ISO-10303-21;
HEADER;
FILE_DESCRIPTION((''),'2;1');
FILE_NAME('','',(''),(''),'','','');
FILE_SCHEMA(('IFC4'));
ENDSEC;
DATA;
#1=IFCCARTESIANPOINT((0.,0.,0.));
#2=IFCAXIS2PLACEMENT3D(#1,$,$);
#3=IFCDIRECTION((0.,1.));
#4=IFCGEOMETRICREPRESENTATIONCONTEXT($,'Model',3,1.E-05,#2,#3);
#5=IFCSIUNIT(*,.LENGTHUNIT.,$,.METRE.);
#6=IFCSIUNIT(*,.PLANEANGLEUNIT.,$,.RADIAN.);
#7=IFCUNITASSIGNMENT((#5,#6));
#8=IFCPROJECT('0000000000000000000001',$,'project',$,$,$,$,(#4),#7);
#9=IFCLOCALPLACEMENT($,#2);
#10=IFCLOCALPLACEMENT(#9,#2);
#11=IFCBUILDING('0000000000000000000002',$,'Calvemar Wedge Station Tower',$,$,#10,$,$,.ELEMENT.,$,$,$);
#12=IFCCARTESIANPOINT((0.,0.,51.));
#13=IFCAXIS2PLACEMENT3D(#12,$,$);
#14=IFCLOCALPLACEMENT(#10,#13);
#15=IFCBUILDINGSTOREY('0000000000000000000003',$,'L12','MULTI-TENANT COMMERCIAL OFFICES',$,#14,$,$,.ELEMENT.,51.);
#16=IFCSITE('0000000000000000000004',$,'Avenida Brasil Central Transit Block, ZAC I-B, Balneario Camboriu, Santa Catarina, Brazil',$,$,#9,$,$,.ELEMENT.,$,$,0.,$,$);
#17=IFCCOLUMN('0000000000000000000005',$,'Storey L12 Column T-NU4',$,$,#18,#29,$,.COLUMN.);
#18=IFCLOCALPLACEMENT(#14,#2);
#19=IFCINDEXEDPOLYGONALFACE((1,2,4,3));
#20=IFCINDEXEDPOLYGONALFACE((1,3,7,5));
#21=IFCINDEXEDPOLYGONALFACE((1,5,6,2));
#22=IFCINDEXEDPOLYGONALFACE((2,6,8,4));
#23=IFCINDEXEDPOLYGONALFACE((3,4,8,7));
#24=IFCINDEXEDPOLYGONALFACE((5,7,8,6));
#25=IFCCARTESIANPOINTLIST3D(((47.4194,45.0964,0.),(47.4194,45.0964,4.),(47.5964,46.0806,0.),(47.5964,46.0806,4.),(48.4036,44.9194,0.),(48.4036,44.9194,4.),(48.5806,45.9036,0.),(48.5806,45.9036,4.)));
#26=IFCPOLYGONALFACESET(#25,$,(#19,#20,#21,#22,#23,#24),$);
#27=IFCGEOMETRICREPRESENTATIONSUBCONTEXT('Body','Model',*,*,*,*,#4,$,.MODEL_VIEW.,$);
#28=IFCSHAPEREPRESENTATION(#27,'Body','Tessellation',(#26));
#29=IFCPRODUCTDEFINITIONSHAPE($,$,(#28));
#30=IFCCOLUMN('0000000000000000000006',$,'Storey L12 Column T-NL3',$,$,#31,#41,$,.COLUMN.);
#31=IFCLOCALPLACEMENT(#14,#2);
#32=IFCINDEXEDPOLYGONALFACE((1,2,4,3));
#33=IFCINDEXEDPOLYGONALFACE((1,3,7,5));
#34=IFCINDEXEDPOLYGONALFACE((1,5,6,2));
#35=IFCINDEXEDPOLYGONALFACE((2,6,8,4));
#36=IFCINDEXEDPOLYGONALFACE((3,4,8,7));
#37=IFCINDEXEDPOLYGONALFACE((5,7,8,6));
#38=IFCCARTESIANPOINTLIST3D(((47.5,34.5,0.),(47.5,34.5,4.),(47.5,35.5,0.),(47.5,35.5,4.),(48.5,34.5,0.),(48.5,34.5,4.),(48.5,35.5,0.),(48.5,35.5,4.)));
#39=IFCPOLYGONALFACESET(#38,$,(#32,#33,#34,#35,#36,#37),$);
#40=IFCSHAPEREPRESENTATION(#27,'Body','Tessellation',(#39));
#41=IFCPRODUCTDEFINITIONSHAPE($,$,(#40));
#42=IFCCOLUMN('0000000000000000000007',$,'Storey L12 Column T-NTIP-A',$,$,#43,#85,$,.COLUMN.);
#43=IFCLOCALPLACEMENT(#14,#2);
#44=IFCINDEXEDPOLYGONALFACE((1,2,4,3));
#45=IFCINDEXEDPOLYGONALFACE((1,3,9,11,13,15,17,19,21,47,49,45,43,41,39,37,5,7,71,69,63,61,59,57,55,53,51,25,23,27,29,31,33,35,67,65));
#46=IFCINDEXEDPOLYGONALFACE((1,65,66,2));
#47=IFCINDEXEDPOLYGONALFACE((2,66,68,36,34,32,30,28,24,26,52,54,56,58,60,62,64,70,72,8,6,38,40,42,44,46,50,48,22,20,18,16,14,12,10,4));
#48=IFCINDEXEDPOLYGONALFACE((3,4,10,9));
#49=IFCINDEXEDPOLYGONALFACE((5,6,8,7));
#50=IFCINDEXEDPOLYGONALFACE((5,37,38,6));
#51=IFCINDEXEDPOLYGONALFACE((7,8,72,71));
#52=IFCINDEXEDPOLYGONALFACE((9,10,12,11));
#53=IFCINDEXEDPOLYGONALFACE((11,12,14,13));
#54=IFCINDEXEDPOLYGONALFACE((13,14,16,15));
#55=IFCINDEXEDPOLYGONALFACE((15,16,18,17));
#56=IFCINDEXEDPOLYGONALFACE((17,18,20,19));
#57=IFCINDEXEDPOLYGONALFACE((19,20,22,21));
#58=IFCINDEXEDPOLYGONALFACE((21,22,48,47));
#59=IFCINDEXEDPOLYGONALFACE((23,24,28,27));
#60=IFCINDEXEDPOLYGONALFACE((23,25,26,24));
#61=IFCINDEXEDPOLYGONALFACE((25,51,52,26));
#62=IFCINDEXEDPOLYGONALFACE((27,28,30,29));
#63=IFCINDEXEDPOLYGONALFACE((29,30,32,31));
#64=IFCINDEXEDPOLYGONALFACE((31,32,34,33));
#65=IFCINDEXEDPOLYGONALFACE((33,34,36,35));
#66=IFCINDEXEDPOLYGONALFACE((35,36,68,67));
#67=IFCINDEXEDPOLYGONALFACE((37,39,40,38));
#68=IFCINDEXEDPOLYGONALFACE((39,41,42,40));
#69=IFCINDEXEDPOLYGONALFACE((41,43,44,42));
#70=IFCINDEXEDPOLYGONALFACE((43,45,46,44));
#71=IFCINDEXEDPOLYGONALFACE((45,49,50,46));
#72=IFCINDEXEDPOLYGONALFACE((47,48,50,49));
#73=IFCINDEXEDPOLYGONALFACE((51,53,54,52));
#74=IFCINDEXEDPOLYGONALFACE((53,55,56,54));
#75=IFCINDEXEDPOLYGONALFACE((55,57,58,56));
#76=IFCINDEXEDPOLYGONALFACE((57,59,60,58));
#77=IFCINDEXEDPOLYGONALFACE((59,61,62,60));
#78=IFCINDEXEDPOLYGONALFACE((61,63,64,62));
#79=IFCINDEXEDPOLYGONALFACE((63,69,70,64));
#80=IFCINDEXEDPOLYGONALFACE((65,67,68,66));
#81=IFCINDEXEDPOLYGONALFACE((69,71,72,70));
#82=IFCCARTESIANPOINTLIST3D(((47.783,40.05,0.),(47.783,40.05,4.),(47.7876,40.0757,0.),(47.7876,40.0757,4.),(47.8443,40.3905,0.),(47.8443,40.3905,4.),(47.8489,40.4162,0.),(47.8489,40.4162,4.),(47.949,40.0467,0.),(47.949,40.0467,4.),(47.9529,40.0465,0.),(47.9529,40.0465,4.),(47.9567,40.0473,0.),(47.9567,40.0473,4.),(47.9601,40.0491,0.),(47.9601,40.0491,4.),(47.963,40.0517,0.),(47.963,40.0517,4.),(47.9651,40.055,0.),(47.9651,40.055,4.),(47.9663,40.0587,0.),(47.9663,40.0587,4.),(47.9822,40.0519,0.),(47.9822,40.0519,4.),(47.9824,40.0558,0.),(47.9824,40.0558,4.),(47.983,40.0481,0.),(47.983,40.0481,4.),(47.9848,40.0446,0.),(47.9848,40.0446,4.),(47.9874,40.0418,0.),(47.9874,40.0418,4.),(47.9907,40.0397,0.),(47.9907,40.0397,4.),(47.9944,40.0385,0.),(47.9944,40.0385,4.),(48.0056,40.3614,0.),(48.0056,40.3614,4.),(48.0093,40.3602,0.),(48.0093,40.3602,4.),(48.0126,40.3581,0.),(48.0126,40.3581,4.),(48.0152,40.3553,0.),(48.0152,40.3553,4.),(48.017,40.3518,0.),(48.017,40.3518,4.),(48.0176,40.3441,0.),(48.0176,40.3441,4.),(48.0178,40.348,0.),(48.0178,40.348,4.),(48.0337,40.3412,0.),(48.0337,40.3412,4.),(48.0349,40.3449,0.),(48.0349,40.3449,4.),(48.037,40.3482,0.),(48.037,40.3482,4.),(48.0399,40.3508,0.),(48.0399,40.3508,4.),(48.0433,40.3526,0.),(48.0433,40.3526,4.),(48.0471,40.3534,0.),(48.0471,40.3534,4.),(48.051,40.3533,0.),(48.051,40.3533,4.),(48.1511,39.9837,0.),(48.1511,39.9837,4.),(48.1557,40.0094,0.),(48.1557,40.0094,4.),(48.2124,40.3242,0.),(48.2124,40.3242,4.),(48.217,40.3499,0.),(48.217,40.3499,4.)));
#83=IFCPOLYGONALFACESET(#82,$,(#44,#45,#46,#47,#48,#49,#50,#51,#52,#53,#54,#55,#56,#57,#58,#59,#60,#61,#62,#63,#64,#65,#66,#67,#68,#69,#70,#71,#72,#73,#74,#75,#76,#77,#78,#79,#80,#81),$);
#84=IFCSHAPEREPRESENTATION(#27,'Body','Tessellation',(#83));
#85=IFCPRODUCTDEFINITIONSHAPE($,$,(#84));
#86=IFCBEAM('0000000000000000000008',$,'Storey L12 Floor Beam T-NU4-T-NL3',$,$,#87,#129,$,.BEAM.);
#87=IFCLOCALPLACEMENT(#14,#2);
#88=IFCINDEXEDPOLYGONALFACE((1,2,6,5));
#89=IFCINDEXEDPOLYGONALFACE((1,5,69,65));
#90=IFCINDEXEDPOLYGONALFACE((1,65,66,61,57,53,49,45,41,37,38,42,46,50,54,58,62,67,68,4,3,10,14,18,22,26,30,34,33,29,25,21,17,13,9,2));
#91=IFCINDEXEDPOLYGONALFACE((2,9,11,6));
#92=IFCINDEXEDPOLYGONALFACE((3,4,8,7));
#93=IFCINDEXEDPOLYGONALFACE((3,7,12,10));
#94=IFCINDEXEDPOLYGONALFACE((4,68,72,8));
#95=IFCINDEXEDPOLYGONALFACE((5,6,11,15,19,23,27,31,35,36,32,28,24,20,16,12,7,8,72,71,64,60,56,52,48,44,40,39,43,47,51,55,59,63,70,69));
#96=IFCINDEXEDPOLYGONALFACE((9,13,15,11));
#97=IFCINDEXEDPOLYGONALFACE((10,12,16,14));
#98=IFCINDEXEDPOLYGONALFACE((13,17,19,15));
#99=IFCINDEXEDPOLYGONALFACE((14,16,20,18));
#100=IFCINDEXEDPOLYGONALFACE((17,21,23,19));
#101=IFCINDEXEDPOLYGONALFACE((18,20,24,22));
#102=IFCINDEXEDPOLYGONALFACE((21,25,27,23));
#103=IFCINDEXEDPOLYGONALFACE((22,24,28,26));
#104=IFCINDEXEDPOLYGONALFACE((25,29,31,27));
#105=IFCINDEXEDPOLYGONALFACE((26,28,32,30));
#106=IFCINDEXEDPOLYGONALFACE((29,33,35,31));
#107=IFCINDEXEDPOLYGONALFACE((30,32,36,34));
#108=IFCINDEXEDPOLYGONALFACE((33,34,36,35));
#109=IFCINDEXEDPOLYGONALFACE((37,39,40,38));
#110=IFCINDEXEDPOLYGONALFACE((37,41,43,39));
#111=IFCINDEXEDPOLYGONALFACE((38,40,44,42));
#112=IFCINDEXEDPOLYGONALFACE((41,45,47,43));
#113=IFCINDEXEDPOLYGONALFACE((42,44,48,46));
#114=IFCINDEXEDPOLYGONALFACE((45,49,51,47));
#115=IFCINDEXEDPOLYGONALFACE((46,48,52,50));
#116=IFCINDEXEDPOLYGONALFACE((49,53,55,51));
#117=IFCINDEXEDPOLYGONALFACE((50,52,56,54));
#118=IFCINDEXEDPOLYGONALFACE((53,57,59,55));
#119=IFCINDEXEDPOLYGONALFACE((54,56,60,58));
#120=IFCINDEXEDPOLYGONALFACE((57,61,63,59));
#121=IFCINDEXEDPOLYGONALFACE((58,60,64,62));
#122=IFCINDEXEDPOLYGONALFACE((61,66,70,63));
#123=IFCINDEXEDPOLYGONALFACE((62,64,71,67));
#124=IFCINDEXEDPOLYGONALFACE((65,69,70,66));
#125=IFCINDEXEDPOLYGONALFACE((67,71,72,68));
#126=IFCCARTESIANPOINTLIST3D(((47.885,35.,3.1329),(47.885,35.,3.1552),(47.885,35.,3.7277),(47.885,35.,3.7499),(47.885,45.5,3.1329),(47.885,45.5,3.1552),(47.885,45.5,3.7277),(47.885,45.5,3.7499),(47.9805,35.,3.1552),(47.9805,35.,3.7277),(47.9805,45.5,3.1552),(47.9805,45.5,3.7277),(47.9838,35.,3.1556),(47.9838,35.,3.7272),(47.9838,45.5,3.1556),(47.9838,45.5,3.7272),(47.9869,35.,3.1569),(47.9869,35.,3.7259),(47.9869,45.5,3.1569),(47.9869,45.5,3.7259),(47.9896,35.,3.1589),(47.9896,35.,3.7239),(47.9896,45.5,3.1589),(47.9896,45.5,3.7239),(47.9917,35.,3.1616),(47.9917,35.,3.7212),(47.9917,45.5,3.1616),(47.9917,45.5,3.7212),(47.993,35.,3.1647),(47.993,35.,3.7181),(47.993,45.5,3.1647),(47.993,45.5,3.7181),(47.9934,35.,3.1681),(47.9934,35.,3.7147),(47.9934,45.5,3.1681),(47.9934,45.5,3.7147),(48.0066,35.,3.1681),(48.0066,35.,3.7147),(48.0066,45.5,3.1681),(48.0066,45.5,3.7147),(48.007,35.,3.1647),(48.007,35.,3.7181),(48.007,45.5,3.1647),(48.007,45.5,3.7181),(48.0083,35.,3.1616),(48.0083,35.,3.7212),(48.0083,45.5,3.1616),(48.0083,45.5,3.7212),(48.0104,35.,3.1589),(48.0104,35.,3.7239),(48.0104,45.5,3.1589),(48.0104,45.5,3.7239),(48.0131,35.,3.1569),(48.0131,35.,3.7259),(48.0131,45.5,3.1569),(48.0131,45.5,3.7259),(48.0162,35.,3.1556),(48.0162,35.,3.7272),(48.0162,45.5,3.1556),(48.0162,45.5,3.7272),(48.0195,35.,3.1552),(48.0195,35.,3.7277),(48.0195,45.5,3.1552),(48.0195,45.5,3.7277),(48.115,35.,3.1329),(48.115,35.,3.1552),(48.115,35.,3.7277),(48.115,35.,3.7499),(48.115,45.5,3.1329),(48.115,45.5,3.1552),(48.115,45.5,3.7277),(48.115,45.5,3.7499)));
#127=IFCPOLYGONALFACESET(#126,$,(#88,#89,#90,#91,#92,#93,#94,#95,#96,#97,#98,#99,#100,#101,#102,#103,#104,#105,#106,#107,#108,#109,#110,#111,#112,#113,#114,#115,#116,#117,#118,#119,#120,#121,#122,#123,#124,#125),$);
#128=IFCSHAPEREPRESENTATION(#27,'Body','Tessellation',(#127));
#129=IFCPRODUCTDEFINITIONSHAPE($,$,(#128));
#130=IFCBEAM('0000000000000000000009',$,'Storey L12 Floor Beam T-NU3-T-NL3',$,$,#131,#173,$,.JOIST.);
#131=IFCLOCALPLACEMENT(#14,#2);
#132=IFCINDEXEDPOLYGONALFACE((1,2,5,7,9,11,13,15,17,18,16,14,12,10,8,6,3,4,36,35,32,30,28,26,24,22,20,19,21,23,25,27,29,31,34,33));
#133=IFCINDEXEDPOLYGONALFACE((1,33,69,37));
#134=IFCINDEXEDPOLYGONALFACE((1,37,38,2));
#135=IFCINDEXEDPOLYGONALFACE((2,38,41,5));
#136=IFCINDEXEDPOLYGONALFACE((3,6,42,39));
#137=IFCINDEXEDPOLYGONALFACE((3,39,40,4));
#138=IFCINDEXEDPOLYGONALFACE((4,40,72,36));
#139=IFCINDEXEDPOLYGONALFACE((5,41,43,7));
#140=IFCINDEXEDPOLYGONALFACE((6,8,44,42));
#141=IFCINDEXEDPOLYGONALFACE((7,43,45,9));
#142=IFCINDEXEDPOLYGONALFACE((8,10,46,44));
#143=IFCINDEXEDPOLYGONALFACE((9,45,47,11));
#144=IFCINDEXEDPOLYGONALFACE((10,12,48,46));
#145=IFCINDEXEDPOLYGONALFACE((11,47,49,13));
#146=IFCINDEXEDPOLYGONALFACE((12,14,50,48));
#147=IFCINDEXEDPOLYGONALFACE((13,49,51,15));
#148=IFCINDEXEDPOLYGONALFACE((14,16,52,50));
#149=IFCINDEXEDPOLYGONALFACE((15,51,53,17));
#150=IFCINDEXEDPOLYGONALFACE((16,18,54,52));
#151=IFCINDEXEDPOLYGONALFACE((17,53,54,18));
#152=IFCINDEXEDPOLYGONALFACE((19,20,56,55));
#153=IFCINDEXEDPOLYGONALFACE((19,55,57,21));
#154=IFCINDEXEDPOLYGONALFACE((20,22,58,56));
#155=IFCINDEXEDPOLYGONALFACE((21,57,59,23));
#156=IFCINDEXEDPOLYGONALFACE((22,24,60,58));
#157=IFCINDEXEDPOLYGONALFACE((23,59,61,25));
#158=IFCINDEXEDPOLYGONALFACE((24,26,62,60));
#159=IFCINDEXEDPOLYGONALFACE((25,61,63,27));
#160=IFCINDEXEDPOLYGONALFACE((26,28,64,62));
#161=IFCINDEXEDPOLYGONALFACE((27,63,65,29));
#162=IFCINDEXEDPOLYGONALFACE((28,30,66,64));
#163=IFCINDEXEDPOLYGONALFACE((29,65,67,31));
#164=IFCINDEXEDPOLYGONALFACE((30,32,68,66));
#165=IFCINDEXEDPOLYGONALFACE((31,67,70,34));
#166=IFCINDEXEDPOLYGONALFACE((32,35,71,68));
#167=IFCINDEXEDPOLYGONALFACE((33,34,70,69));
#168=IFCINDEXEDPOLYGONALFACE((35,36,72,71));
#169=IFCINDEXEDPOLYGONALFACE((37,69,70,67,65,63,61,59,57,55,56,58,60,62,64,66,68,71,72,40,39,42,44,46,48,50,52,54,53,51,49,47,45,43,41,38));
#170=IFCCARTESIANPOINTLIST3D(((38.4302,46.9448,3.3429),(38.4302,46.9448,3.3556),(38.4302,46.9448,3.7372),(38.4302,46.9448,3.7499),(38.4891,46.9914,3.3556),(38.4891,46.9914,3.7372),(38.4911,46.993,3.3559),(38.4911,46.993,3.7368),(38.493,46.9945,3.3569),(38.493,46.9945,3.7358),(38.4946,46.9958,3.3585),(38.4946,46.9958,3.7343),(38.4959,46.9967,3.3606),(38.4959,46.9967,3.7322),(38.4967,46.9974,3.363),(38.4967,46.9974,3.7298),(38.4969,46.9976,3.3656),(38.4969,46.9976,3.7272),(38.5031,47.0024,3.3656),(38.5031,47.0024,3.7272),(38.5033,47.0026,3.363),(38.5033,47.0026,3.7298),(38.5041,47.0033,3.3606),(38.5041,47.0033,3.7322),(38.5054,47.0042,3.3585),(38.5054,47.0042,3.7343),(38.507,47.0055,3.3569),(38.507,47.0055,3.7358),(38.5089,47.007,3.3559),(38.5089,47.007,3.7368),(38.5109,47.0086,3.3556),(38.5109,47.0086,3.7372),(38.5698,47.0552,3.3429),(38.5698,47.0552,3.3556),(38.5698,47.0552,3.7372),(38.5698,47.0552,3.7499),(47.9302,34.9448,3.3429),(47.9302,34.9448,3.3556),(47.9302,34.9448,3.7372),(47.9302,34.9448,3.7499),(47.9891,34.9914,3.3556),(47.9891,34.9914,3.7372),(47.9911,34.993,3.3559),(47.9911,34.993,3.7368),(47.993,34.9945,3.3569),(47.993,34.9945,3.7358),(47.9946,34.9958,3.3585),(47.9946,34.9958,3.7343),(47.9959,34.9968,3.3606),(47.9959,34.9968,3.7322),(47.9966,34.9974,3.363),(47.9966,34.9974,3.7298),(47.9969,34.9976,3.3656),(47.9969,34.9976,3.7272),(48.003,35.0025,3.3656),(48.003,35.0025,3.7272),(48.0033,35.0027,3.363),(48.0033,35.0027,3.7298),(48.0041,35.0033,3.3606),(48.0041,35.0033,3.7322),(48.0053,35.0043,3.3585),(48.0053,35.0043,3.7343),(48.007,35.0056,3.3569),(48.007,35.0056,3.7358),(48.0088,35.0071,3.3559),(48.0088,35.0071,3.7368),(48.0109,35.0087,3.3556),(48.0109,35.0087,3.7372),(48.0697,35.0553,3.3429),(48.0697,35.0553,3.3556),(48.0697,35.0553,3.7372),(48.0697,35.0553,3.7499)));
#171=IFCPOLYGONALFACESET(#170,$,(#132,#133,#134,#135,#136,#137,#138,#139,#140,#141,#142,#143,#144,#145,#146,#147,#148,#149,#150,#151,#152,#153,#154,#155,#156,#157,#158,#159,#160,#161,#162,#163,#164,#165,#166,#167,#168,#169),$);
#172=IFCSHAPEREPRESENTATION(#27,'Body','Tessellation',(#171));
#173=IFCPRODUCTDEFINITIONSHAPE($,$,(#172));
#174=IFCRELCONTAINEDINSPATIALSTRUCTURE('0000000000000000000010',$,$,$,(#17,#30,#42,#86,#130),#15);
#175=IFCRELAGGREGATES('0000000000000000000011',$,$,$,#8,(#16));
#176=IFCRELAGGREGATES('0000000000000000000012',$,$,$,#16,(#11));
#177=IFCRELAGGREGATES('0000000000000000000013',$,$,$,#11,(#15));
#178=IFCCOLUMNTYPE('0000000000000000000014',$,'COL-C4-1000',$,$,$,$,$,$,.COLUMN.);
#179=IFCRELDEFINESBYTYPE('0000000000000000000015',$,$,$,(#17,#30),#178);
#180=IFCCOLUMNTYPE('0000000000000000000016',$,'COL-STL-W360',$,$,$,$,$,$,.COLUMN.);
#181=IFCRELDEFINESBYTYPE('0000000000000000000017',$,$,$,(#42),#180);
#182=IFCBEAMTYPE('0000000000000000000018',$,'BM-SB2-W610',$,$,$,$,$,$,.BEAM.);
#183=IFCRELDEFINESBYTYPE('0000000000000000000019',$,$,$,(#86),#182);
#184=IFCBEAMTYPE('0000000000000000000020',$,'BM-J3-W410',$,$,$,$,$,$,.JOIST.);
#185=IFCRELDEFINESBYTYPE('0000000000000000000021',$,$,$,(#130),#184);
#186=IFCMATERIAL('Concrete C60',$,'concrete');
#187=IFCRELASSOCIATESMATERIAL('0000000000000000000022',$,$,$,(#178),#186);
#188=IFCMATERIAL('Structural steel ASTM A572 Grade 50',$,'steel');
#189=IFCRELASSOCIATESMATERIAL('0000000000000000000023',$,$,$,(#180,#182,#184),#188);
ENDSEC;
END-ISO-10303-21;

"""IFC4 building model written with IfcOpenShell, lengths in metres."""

from ifc_helpers import new_model, si_unit, direction, frame, origin, origin_2d, place, context, subcontext, project, spatial, rectangle, i_section, extrude, source, transform, mapped, material, material_profile, profile_set, type_object, element, save


model = new_model("IFC4")

# Units and contexts
model_context = context("Model", 3, precision=1e-05, world=origin(), true_north=direction((0.0, 1.0)))
body_context = subcontext(model_context, "Body", "Model", "MODEL_VIEW")
ifc_project = project(units=[si_unit("LENGTHUNIT", "METRE"), si_unit("PLANEANGLEUNIT", "RADIAN")], contexts=[model_context])

# Site, building, storey
site_placement = place(None, origin())
site = spatial("IfcSite", under=ifc_project, at=site_placement, Name="Avenida Brasil Central Transit Block, ZAC I-B, Balneario Camboriu, Santa Catarina, Brazil", CompositionType="ELEMENT", RefElevation=0.0)
building_placement = place(site_placement, origin())
building = spatial("IfcBuilding", under=site, at=building_placement, Name="Calvemar Wedge Station Tower", CompositionType="ELEMENT")
storey_placement = place(building_placement, frame((0.0, 0.0, 51.0)))
storey = spatial("IfcBuildingStorey", under=building, at=storey_placement, Name="L12", Description="MULTI-TENANT COMMERCIAL OFFICES", CompositionType="ELEMENT", Elevation=51.0)

# Columns
ifc_material_1 = material(Name="Concrete C60", Category="concrete")
ifc_material_profile_1 = material_profile(ifc_material_1, rectangle(XDim=1.0, YDim=1.0, at=origin_2d()), Name="RC1000x1000")
ifc_profile_set_1 = profile_set([ifc_material_profile_1], Name="Concrete C60")
column_type_1 = type_object("IfcColumnType", Name="COL-C4-1000", PredefinedType="COLUMN", material=ifc_profile_set_1)
shared_shape_1 = source(origin(), body_context, "Body", "SweptSolid", [
    extrude(rectangle(XDim=1.0, YDim=1.0, at=origin_2d()), origin(), (0.0, 0.0, 1.0), 4.0),
])
for number, where, z_axis, x_axis, name in (
    (1, (48.0, 45.5, 0.0), (0.0, 0.0, 1.0), (0.984196, -0.177085, 0.0), "Storey L12 Column T-NU4"),
    (2, (48.0, 35.0, 0.0), (0.0, 0.0, 1.0), (1.0, 0.0, 0.0), "Storey L12 Column T-NL3"),
):
    element("IfcColumn", number, at=place(storey_placement, frame(where, z_axis=z_axis, x_axis=x_axis)), inside=storey, type_object=column_type_1, Name=name, PredefinedType="COLUMN", context=body_context, shape_type="MappedRepresentation", body=[
        mapped(shared_shape_1, transform((0.0, 0.0, 0.0), scale=1.0)),
    ])
ifc_material_2 = material(Name="Structural steel ASTM A572 Grade 50", Category="steel")
ifc_material_profile_2 = material_profile(ifc_material_2, i_section(OverallWidth=0.374, OverallDepth=0.3721, WebThickness=0.0164, FlangeThickness=0.0261, FilletRadius=0.0149, at=origin_2d()), Name="W360x196")
ifc_profile_set_2 = profile_set([ifc_material_profile_2], Name="Structural steel ASTM A572 Grade 50")
column_type_2 = type_object("IfcColumnType", Name="COL-STL-W360", PredefinedType="COLUMN", material=ifc_profile_set_2)
shared_shape_2 = source(origin(), body_context, "Body", "SweptSolid", [
    extrude(i_section(OverallWidth=0.374, OverallDepth=0.3721, WebThickness=0.0164, FlangeThickness=0.0261, FilletRadius=0.0149, at=origin_2d()), origin(), (0.0, 0.0, 1.0), 4.0),
])
column_placement = place(storey_placement, frame((48.0, 40.2, 0.0), z_axis=(0.0, 0.0, 1.0), x_axis=(0.984196, -0.177085, 0.0)))
element("IfcColumn", 3, at=column_placement, inside=storey, type_object=column_type_2, Name="Storey L12 Column T-NTIP-A", PredefinedType="COLUMN", context=body_context, shape_type="MappedRepresentation", body=[
    mapped(shared_shape_2, transform((0.0, 0.0, 0.0), scale=1.0)),
])

# Beams
ifc_material_profile_3 = material_profile(ifc_material_2, i_section(OverallWidth=0.23, OverallDepth=0.6169, WebThickness=0.0132, FlangeThickness=0.0222, FilletRadius=0.0129, at=origin_2d()), Name="W610x140")
ifc_profile_set_3 = profile_set([ifc_material_profile_3], Name="Structural steel ASTM A572 Grade 50")
beam_type_1 = type_object("IfcBeamType", Name="BM-SB2-W610", PredefinedType="BEAM", material=ifc_profile_set_3)
shared_shape_3 = source(origin(), body_context, "Body", "SweptSolid", [
    extrude(i_section(OverallWidth=0.23, OverallDepth=0.6169, WebThickness=0.0132, FlangeThickness=0.0222, FilletRadius=0.0129, at=origin_2d()), origin(), (0.0, 0.0, 1.0), 10.5),
])
beam_1_placement = place(storey_placement, frame((48.0, 45.5, 3.4414), z_axis=(0.0, -1.0, 0.0), x_axis=(1.0, 0.0, 0.0)))
element("IfcBeam", 4, at=beam_1_placement, inside=storey, type_object=beam_type_1, Name="Storey L12 Floor Beam T-NU4-T-NL3", PredefinedType="BEAM", context=body_context, shape_type="MappedRepresentation", body=[
    mapped(shared_shape_3, transform((0.0, 0.0, 0.0), scale=1.0)),
])
ifc_material_profile_4 = material_profile(ifc_material_2, i_section(OverallWidth=0.178, OverallDepth=0.407, WebThickness=0.0078, FlangeThickness=0.0127, FilletRadius=0.01, at=origin_2d()), Name="W410x60")
ifc_profile_set_4 = profile_set([ifc_material_profile_4], Name="Structural steel ASTM A572 Grade 50")
beam_type_2 = type_object("IfcBeamType", Name="BM-J3-W410", PredefinedType="JOIST", material=ifc_profile_set_4)
shared_shape_4 = source(origin(), body_context, "Body", "SweptSolid", [
    extrude(i_section(OverallWidth=0.178, OverallDepth=0.407, WebThickness=0.0078, FlangeThickness=0.0127, FilletRadius=0.01, at=origin_2d()), origin(), (0.0, 0.0, 1.0), 15.3052),
])
beam_2_placement = place(storey_placement, frame((38.5, 47.0, 3.5464), z_axis=(0.620703, -0.784046, 0.0), x_axis=(0.784046, 0.620703, 0.0)))
element("IfcBeam", 5, at=beam_2_placement, inside=storey, type_object=beam_type_2, Name="Storey L12 Floor Beam T-NU3-T-NL3", PredefinedType="JOIST", context=body_context, shape_type="MappedRepresentation", body=[
    mapped(shared_shape_4, transform((0.0, 0.0, 0.0), scale=1.0)),
])

save(model, "model.ifc")
